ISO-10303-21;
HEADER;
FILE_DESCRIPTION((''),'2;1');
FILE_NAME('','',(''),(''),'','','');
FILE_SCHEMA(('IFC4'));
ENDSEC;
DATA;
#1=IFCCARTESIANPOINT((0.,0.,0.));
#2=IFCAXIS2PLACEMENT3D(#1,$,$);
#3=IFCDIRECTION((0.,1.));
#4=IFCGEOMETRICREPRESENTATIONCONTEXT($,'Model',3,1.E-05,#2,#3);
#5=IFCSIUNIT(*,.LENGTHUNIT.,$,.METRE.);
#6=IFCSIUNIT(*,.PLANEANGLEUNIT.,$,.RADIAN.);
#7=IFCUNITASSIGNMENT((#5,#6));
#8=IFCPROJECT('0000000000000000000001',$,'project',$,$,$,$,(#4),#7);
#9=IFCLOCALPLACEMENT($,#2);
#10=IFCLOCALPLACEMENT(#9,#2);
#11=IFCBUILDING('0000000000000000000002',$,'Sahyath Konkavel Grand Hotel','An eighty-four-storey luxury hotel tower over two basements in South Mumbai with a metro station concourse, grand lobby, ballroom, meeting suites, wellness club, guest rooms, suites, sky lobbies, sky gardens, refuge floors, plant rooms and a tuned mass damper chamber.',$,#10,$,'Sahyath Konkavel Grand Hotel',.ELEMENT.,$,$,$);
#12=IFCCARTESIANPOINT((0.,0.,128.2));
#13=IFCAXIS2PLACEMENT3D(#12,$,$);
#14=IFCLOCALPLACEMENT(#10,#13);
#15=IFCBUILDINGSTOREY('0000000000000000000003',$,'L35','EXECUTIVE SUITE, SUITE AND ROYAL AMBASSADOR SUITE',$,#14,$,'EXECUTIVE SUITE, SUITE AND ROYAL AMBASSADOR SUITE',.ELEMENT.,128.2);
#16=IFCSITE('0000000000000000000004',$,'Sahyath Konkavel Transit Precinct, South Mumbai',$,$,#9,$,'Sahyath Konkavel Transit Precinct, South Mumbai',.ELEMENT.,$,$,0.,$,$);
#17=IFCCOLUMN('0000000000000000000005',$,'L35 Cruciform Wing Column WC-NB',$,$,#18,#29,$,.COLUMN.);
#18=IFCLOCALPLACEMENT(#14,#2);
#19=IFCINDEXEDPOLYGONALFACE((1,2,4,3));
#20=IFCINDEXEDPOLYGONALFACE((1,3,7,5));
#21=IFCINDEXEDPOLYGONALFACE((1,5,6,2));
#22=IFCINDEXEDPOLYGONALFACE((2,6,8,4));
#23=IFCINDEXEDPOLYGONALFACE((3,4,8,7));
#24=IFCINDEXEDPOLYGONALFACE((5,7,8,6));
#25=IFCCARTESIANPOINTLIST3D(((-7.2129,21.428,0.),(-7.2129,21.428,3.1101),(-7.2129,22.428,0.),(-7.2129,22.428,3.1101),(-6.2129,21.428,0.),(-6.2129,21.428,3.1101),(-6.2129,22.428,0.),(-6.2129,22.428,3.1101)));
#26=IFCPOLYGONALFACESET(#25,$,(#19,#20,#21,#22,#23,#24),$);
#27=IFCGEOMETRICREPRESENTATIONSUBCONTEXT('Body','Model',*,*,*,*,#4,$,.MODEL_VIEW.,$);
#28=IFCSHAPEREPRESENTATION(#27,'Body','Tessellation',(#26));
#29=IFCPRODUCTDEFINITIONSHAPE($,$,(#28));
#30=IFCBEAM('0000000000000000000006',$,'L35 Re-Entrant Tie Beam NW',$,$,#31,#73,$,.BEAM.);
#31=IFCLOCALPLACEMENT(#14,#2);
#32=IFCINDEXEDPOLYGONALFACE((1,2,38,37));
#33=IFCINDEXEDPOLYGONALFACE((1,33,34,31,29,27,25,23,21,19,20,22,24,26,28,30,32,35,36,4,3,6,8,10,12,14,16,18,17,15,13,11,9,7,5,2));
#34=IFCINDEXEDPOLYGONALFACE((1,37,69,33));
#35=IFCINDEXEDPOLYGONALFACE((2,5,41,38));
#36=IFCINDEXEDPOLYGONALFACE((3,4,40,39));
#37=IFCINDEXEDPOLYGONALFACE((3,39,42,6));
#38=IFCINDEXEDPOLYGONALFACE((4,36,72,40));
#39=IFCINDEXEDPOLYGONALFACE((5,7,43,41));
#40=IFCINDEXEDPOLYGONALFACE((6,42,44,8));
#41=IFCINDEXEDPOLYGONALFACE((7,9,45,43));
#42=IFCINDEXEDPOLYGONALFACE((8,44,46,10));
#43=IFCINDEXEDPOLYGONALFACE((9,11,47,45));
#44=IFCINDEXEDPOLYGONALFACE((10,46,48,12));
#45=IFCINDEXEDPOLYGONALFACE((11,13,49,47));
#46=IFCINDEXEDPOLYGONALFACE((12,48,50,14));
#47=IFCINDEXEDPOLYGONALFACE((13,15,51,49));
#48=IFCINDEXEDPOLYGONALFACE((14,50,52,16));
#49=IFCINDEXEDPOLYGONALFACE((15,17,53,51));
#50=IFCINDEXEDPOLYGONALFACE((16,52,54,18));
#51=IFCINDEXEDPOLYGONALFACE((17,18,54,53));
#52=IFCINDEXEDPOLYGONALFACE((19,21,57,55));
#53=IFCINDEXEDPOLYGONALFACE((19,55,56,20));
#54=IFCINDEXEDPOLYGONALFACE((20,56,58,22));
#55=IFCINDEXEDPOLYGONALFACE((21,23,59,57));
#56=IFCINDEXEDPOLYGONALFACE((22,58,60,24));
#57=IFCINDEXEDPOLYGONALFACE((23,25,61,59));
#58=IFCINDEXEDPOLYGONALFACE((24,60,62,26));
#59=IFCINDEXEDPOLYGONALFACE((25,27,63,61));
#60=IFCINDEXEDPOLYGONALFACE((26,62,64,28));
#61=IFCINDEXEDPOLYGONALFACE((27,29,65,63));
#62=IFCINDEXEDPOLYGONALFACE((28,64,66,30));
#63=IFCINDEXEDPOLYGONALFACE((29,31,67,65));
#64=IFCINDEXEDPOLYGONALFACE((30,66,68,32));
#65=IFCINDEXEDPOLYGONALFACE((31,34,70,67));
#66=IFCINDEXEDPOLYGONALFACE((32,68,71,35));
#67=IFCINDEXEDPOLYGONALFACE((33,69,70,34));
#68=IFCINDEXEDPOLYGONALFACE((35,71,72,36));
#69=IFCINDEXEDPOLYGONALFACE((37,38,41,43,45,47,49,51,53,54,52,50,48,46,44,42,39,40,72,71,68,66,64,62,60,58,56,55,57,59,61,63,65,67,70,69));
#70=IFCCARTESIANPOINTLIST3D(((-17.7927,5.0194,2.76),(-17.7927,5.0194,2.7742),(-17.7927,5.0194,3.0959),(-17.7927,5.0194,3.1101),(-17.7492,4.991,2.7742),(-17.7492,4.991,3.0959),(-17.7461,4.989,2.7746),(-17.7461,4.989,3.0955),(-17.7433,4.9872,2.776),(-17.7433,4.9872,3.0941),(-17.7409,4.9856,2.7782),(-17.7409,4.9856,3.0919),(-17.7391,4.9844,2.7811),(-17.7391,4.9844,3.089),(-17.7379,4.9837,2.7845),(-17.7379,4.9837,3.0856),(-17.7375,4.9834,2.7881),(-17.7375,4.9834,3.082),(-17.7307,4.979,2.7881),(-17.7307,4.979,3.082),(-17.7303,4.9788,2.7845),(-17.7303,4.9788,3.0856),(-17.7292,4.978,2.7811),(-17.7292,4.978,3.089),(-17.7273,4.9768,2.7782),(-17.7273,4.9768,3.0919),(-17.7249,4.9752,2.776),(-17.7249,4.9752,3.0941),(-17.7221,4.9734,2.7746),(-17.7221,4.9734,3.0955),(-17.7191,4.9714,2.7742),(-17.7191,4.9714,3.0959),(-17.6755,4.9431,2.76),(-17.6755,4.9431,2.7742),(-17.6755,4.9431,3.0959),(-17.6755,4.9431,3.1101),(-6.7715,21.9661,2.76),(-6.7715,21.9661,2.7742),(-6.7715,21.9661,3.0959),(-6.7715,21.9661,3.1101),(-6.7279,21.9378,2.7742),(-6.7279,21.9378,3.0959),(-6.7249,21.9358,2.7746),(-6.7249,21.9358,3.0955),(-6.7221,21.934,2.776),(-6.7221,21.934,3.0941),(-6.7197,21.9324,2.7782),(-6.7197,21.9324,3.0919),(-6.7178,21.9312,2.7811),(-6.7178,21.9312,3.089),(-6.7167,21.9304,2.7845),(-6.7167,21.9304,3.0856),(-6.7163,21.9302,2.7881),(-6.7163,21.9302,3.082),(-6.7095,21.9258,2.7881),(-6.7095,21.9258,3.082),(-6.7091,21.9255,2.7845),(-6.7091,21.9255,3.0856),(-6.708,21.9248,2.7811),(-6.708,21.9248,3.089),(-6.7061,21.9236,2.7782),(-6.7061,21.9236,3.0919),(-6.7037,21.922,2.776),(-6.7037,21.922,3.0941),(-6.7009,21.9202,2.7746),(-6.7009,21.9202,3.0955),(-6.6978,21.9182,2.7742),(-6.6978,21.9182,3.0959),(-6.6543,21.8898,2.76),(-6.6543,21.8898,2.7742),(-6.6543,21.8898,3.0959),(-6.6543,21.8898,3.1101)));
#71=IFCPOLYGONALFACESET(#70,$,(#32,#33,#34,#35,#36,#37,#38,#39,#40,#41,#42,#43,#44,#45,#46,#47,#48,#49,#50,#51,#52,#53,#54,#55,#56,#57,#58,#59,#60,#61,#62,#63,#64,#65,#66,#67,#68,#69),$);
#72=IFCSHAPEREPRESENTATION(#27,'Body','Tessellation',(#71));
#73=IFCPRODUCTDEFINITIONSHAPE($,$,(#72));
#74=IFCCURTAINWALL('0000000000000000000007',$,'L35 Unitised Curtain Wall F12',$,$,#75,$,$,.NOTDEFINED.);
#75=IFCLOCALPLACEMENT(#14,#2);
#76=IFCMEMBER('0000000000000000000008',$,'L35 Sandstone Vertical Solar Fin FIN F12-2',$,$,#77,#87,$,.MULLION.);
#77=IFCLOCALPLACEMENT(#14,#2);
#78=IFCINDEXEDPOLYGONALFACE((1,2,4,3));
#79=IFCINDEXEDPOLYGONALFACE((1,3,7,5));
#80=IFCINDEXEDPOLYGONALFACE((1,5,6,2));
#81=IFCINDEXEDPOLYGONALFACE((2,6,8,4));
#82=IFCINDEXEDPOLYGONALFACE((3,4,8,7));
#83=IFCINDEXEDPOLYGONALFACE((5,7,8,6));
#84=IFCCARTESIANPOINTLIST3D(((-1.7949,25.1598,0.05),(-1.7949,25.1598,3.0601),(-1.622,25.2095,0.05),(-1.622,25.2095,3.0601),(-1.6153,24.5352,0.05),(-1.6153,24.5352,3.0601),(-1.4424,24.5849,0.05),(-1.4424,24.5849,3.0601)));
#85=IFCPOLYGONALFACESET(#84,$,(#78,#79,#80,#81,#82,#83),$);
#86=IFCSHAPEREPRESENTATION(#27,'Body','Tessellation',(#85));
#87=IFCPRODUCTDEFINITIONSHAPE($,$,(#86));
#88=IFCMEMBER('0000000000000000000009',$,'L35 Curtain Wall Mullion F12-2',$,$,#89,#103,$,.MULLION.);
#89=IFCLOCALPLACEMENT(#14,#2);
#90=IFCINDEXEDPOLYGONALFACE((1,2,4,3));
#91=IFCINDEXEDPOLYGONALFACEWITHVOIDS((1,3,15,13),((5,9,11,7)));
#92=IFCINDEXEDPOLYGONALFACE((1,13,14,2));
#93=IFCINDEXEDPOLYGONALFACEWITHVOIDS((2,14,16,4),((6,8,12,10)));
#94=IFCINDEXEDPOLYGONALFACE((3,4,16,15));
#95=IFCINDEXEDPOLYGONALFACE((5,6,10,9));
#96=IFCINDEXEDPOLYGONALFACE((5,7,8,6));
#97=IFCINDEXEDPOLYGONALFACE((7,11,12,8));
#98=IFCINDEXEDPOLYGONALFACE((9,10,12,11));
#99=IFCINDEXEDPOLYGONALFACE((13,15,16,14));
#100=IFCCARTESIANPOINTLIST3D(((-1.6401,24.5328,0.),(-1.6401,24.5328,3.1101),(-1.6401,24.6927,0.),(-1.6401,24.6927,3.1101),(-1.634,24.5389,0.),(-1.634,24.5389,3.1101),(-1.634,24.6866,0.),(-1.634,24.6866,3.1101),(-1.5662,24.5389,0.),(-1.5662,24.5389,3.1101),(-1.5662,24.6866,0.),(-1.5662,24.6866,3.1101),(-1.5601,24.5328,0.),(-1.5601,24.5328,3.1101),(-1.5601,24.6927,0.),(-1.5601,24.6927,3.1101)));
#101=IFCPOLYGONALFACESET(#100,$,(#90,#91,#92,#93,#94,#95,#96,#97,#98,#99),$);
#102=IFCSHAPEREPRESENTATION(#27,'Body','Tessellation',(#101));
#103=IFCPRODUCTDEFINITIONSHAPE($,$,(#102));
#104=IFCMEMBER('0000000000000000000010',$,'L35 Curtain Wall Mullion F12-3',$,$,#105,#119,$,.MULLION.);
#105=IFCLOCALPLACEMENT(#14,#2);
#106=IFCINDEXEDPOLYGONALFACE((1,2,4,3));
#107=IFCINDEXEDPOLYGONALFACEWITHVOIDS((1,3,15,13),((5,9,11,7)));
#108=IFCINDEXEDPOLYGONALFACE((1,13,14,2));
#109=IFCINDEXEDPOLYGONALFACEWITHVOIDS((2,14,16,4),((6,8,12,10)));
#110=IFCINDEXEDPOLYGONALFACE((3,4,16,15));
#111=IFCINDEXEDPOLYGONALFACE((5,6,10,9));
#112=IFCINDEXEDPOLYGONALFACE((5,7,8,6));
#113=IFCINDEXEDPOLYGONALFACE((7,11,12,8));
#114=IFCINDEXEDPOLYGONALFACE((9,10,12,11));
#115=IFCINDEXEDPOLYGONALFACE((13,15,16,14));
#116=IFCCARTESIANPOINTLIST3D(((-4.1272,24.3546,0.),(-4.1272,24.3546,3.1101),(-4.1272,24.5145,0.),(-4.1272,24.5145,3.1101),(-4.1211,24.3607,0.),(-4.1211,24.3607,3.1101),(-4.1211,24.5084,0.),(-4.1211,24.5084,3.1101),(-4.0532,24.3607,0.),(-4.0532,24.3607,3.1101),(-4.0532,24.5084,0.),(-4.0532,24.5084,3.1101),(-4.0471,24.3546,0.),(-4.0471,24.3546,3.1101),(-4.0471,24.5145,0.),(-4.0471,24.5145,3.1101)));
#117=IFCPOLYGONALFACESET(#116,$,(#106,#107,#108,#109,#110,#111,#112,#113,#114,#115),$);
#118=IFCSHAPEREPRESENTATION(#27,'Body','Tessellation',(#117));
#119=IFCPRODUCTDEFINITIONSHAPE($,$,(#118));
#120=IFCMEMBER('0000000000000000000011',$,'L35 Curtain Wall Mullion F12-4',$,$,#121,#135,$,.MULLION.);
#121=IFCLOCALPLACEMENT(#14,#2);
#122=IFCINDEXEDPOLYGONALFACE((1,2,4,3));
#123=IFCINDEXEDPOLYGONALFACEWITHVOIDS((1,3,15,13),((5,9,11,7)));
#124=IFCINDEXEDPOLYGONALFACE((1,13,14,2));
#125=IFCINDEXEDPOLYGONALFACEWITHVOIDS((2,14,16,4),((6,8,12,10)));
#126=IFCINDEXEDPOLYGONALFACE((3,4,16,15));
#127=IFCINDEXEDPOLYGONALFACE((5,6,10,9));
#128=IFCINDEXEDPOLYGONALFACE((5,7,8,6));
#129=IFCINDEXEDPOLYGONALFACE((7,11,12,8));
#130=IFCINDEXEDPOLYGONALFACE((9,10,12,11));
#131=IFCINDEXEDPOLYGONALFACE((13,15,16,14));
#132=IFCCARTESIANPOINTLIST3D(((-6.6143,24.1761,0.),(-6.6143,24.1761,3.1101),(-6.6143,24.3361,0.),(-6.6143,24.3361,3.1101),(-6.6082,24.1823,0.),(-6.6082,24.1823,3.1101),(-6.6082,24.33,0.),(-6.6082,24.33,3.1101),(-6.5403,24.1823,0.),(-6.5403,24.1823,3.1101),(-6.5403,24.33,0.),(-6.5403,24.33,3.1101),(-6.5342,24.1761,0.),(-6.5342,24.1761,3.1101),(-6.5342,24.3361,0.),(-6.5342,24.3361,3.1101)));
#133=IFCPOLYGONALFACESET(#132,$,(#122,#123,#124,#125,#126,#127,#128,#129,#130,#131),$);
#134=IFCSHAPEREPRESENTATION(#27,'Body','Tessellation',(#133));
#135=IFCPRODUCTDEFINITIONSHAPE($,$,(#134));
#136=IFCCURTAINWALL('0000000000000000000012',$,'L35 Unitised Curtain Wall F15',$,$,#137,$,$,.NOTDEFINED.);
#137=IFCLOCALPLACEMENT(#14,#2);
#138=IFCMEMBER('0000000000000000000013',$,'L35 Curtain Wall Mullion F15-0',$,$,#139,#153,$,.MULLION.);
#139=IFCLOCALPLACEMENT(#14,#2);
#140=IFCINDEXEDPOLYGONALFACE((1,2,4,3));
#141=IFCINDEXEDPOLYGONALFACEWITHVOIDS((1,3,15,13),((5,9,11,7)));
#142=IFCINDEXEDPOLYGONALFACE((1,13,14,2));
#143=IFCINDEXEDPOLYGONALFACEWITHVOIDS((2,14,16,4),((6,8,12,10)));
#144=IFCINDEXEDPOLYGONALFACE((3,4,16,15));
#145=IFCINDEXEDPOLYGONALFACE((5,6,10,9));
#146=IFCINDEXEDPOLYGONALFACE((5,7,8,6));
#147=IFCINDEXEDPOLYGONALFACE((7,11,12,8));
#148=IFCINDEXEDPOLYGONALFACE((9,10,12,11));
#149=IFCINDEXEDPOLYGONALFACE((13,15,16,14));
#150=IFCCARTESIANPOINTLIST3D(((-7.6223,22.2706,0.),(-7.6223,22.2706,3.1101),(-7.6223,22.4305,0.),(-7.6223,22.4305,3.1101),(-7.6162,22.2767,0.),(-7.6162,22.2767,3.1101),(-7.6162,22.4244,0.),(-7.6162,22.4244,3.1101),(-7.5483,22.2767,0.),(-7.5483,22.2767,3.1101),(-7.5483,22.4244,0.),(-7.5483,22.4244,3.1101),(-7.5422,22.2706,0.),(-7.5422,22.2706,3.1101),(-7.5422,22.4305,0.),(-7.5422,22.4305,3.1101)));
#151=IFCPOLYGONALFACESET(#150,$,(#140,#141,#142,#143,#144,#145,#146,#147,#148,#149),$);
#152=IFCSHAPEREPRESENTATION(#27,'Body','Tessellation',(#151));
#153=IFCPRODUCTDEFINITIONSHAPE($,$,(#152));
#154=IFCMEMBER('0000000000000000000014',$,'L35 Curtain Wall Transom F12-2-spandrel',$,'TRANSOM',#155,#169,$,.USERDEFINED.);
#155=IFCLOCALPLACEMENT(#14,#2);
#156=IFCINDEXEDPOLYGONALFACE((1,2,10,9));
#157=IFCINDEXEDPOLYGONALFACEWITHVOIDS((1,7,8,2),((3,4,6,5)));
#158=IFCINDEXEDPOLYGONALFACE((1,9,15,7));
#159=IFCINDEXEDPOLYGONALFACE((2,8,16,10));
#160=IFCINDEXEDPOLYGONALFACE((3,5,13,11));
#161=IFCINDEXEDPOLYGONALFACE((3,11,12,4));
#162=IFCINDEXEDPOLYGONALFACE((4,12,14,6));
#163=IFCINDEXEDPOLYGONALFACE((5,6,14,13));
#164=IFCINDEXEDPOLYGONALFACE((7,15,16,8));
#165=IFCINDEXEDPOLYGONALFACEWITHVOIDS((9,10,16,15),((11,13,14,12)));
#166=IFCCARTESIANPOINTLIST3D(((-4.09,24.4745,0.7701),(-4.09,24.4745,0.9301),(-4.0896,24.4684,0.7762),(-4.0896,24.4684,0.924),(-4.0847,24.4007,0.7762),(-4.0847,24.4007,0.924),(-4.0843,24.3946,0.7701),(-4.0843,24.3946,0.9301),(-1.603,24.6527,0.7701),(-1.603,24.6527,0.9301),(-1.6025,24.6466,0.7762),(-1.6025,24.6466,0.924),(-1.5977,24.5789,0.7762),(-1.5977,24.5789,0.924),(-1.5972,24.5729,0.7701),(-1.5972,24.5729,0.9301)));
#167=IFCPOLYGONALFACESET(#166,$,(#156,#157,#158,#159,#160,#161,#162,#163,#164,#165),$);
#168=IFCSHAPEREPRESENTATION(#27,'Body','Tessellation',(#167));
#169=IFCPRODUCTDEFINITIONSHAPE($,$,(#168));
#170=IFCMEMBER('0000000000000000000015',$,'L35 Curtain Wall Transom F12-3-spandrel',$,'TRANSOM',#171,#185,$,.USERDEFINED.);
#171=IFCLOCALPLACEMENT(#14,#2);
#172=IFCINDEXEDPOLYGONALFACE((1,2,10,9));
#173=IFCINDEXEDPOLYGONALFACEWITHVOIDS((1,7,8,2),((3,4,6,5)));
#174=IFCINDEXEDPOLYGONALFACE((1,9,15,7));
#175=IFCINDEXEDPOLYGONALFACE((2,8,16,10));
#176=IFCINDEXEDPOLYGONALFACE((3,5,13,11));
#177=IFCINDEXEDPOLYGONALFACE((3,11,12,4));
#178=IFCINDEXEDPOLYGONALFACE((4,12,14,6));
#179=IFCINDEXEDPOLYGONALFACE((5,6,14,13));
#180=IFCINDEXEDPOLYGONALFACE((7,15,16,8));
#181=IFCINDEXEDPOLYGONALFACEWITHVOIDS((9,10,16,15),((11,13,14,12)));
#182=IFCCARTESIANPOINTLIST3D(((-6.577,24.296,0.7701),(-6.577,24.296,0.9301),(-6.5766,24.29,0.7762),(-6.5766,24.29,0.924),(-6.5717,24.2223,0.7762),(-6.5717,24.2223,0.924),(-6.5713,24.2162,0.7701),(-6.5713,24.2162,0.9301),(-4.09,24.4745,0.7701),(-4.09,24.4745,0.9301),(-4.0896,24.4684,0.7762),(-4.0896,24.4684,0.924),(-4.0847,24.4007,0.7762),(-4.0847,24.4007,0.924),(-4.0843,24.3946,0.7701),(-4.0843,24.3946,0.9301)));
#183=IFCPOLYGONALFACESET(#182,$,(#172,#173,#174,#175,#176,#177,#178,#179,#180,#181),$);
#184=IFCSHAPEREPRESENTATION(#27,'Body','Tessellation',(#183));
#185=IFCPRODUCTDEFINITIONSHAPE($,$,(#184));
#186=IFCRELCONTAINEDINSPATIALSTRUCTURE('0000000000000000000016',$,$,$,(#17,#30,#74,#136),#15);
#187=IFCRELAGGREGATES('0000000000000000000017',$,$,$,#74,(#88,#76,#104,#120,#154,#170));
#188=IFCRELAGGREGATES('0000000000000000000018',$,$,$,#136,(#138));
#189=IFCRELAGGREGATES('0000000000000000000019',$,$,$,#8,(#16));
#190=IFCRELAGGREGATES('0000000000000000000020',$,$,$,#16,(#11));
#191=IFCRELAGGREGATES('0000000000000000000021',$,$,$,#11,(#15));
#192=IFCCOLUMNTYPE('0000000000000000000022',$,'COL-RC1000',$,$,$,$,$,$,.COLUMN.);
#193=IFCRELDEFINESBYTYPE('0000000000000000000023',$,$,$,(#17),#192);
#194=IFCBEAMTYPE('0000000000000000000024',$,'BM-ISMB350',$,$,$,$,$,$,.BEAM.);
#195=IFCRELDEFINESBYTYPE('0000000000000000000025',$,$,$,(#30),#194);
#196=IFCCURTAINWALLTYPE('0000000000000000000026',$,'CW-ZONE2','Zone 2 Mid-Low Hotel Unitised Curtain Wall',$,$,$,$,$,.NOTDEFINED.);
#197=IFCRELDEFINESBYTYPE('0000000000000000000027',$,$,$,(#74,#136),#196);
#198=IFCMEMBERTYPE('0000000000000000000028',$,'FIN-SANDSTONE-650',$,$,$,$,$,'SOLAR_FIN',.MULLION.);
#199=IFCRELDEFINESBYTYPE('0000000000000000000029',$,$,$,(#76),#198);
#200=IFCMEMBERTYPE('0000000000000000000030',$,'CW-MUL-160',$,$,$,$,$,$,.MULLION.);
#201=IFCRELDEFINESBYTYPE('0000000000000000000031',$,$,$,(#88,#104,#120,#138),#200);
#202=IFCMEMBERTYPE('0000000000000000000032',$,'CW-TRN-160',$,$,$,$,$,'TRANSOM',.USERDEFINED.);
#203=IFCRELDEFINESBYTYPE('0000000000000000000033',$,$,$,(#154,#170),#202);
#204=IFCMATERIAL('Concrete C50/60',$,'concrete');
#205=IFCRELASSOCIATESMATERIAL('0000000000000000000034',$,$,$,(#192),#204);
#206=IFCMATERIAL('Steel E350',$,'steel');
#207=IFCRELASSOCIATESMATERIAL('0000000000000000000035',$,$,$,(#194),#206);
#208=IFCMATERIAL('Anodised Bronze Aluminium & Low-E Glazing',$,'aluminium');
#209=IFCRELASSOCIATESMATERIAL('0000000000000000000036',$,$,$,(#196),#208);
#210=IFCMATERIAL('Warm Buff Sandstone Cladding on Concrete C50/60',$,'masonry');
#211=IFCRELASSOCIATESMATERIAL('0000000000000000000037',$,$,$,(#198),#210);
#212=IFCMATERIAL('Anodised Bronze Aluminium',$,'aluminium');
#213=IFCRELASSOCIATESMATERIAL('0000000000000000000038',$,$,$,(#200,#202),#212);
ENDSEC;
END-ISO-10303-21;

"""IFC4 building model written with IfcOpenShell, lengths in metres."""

from ifc_helpers import new_model, si_unit, direction, frame, origin, origin_2d, place, context, subcontext, project, spatial, rectangle, hollow_rectangle, i_section, extrude, source, transform, mapped, material, material_profile, profile_set, type_object, element, aggregate, save


model = new_model("IFC4")

# Units and contexts
model_context = context("Model", 3, precision=1e-05, world=origin(), true_north=direction((0.0, 1.0)))
body_context = subcontext(model_context, "Body", "Model", "MODEL_VIEW")
ifc_project = project(units=[si_unit("LENGTHUNIT", "METRE"), si_unit("PLANEANGLEUNIT", "RADIAN")], contexts=[model_context])

# Site, building, storey
site_placement = place(None, origin())
site = spatial("IfcSite", under=ifc_project, at=site_placement, Name="Sahyath Konkavel Transit Precinct, South Mumbai", LongName="Sahyath Konkavel Transit Precinct, South Mumbai", CompositionType="ELEMENT", RefElevation=0.0)
building_placement = place(site_placement, origin())
building = spatial("IfcBuilding", under=site, at=building_placement, Name="Sahyath Konkavel Grand Hotel", Description="An eighty-four-storey luxury hotel tower over two basements in South Mumbai with a metro station concourse, grand lobby, ballroom, meeting suites, wellness club, guest rooms, suites, sky lobbies, sky gardens, refuge floors, plant rooms and a tuned mass damper chamber.", LongName="Sahyath Konkavel Grand Hotel", CompositionType="ELEMENT")
storey_placement = place(building_placement, frame((0.0, 0.0, 128.2)))
storey = spatial("IfcBuildingStorey", under=building, at=storey_placement, Name="L35", Description="EXECUTIVE SUITE, SUITE AND ROYAL AMBASSADOR SUITE", LongName="EXECUTIVE SUITE, SUITE AND ROYAL AMBASSADOR SUITE", CompositionType="ELEMENT", Elevation=128.2)

# Column
ifc_material_1 = material(Name="Concrete C50/60", Category="concrete")
ifc_material_profile_1 = material_profile(ifc_material_1, rectangle(XDim=1.0, YDim=1.0, at=origin_2d()), Name="RC 1000x1000")
ifc_profile_set_1 = profile_set([ifc_material_profile_1], Name="Concrete C50/60")
column_type = type_object("IfcColumnType", Name="COL-RC1000", PredefinedType="COLUMN", material=ifc_profile_set_1)
shared_shape_1 = source(origin(), body_context, "Body", "SweptSolid", [
    extrude(rectangle(XDim=1.0, YDim=1.0, at=origin_2d()), origin(), (0.0, 0.0, 1.0), 3.1101),
])
column_placement = place(storey_placement, frame((-6.7129, 21.928, 0.0), z_axis=(0.0, 0.0, 1.0), x_axis=(1.0, 0.0, 0.0)))
element("IfcColumn", 1, at=column_placement, inside=storey, type_object=column_type, Name="L35 Cruciform Wing Column WC-NB", PredefinedType="COLUMN", context=body_context, shape_type="MappedRepresentation", body=[
    mapped(shared_shape_1, transform((0.0, 0.0, 0.0), scale=1.0)),
])

# Beam
ifc_material_2 = material(Name="Steel E350", Category="steel")
ifc_material_profile_2 = material_profile(ifc_material_2, i_section(OverallWidth=0.1399, OverallDepth=0.3501, WebThickness=0.0081, FlangeThickness=0.0142, FilletRadius=0.0139, at=origin_2d()), Name="ISMB 350")
ifc_profile_set_2 = profile_set([ifc_material_profile_2], Name="Steel E350")
beam_type = type_object("IfcBeamType", Name="BM-ISMB350", PredefinedType="BEAM", material=ifc_profile_set_2)
shared_shape_2 = source(origin(), body_context, "Body", "SweptSolid", [
    extrude(i_section(OverallWidth=0.1399, OverallDepth=0.3501, WebThickness=0.0081, FlangeThickness=0.0142, FilletRadius=0.0139, at=origin_2d()), origin(), (0.0, 0.0, 1.0), 20.2153),
])
beam_placement = place(storey_placement, frame((-6.7129, 21.928, 2.9351), z_axis=(-0.545191, -0.838312, 0.0), x_axis=(0.838312, -0.545191, 0.0)))
element("IfcBeam", 2, at=beam_placement, inside=storey, type_object=beam_type, Name="L35 Re-Entrant Tie Beam NW", PredefinedType="BEAM", context=body_context, shape_type="MappedRepresentation", body=[
    mapped(shared_shape_2, transform((0.0, 0.0, 0.0), scale=1.0)),
])

# Curtain wall, members
ifc_material_3 = material(Name="Anodised Bronze Aluminium & Low-E Glazing", Category="aluminium")
curtain_wall_type = type_object("IfcCurtainWallType", Name="CW-ZONE2", Description="Zone 2 Mid-Low Hotel Unitised Curtain Wall", PredefinedType="NOTDEFINED", material=ifc_material_3)
curtain_wall_1_placement = place(storey_placement, origin())
curtain_wall_1 = element("IfcCurtainWall", 3, at=curtain_wall_1_placement, inside=storey, type_object=curtain_wall_type, Name="L35 Unitised Curtain Wall F12", PredefinedType="NOTDEFINED")
ifc_material_4 = material(Name="Warm Buff Sandstone Cladding on Concrete C50/60", Category="masonry")
ifc_material_profile_3 = material_profile(ifc_material_4, rectangle(XDim=0.1799, YDim=0.6499, at=origin_2d()), Name="FIN 180x650")
ifc_profile_set_3 = profile_set([ifc_material_profile_3], Name="Warm Buff Sandstone Cladding on Concrete C50/60")
member_type_1 = type_object("IfcMemberType", Name="FIN-SANDSTONE-650", ElementType="SOLAR_FIN", PredefinedType="MULLION", material=ifc_profile_set_3)
shared_shape_3 = source(origin(), body_context, "Body", "SweptSolid", [
    extrude(rectangle(XDim=0.1799, YDim=0.6499, at=origin_2d()), origin(), (0.0, 0.0, 1.0), 3.01),
])
member_1_placement = place(storey_placement, frame((-1.6187, 24.8723, 0.05), z_axis=(0.0, 0.0, 1.0), x_axis=(0.961069, 0.276308, 0.0)))
member_1 = element("IfcMember", 4, at=member_1_placement, type_object=member_type_1, Name="L35 Sandstone Vertical Solar Fin FIN F12-2", PredefinedType="MULLION", context=body_context, shape_type="MappedRepresentation", body=[
    mapped(shared_shape_3, transform((0.0, 0.0, 0.0), scale=1.0)),
])
ifc_material_5 = material(Name="Anodised Bronze Aluminium", Category="aluminium")
ifc_material_profile_4 = material_profile(ifc_material_5, hollow_rectangle(XDim=0.0801, YDim=0.1599, WallThickness=0.0061, at=origin_2d()), Name="RHS 160x80x6")
ifc_profile_set_4 = profile_set([ifc_material_profile_4], Name="Anodised Bronze Aluminium")
member_type_2 = type_object("IfcMemberType", Name="CW-MUL-160", PredefinedType="MULLION", material=ifc_profile_set_4)
shared_shape_4 = source(origin(), body_context, "Body", "SweptSolid", [
    extrude(hollow_rectangle(XDim=0.0801, YDim=0.1599, WallThickness=0.0061, at=origin_2d()), origin(), (0.0, 0.0, 1.0), 3.1101),
])
member_2_placement = place(storey_placement, frame((-1.6001, 24.6128, 0.0), z_axis=(0.0, 0.0, 1.0), x_axis=(1.0, 0.0, 0.0)))
member_2 = element("IfcMember", 5, at=member_2_placement, type_object=member_type_2, Name="L35 Curtain Wall Mullion F12-2", PredefinedType="MULLION", context=body_context, shape_type="MappedRepresentation", body=[
    mapped(shared_shape_4, transform((0.0, 0.0, 0.0), scale=1.0)),
])
member_3_placement = place(storey_placement, frame((-4.0872, 24.4346, 0.0), z_axis=(0.0, 0.0, 1.0), x_axis=(1.0, 0.0, 0.0)))
member_3 = element("IfcMember", 6, at=member_3_placement, type_object=member_type_2, Name="L35 Curtain Wall Mullion F12-3", PredefinedType="MULLION", context=body_context, shape_type="MappedRepresentation", body=[
    mapped(shared_shape_4, transform((0.0, 0.0, 0.0), scale=1.0)),
])
member_4_placement = place(storey_placement, frame((-6.5742, 24.2561, 0.0), z_axis=(0.0, 0.0, 1.0), x_axis=(1.0, 0.0, 0.0)))
member_4 = element("IfcMember", 7, at=member_4_placement, type_object=member_type_2, Name="L35 Curtain Wall Mullion F12-4", PredefinedType="MULLION", context=body_context, shape_type="MappedRepresentation", body=[
    mapped(shared_shape_4, transform((0.0, 0.0, 0.0), scale=1.0)),
])

# Curtain wall, member
curtain_wall_2_placement = place(storey_placement, origin())
curtain_wall_2 = element("IfcCurtainWall", 8, at=curtain_wall_2_placement, inside=storey, type_object=curtain_wall_type, Name="L35 Unitised Curtain Wall F15", PredefinedType="NOTDEFINED")
member_5_placement = place(storey_placement, frame((-7.5823, 22.3506, 0.0), z_axis=(0.0, 0.0, 1.0), x_axis=(1.0, 0.0, 0.0)))
member_5 = element("IfcMember", 9, at=member_5_placement, type_object=member_type_2, Name="L35 Curtain Wall Mullion F15-0", PredefinedType="MULLION", context=body_context, shape_type="MappedRepresentation", body=[
    mapped(shared_shape_4, transform((0.0, 0.0, 0.0), scale=1.0)),
])

# Members
ifc_material_profile_5 = material_profile(ifc_material_5, hollow_rectangle(XDim=0.0801, YDim=0.1599, WallThickness=0.0061, at=origin_2d()), Name="RHS 160x80x6")
ifc_profile_set_5 = profile_set([ifc_material_profile_5], Name="Anodised Bronze Aluminium")
member_type_3 = type_object("IfcMemberType", Name="CW-TRN-160", ElementType="TRANSOM", PredefinedType="USERDEFINED", material=ifc_profile_set_5)
shared_shape_5 = source(origin(), body_context, "Body", "SweptSolid", [
    extrude(hollow_rectangle(XDim=0.0801, YDim=0.1599, WallThickness=0.0061, at=origin_2d()), origin(), (0.0, 0.0, 1.0), 2.4934),
])
member_6_placement = place(storey_placement, frame((-1.6001, 24.6128, 0.8501), z_axis=(-0.997442, -0.071477, 0.0), x_axis=(0.071477, -0.997442, 0.0)))
member_6 = element("IfcMember", 10, at=member_6_placement, type_object=member_type_3, Name="L35 Curtain Wall Transom F12-2-spandrel", ObjectType="TRANSOM", PredefinedType="USERDEFINED", context=body_context, shape_type="MappedRepresentation", body=[
    mapped(shared_shape_5, transform((0.0, 0.0, 0.0), scale=1.0)),
])
member_7_placement = place(storey_placement, frame((-4.0872, 24.4346, 0.8501), z_axis=(-0.997435, -0.071574, 0.0), x_axis=(0.071574, -0.997435, 0.0)))
member_7 = element("IfcMember", 11, at=member_7_placement, type_object=member_type_3, Name="L35 Curtain Wall Transom F12-3-spandrel", ObjectType="TRANSOM", PredefinedType="USERDEFINED", context=body_context, shape_type="MappedRepresentation", body=[
    mapped(shared_shape_5, transform((0.0, 0.0, 0.0), scale=1.0)),
])

aggregate(curtain_wall_1, [member_2, member_1, member_3, member_4, member_6, member_7])
aggregate(curtain_wall_2, [member_5])

save(model, "model.ifc")
